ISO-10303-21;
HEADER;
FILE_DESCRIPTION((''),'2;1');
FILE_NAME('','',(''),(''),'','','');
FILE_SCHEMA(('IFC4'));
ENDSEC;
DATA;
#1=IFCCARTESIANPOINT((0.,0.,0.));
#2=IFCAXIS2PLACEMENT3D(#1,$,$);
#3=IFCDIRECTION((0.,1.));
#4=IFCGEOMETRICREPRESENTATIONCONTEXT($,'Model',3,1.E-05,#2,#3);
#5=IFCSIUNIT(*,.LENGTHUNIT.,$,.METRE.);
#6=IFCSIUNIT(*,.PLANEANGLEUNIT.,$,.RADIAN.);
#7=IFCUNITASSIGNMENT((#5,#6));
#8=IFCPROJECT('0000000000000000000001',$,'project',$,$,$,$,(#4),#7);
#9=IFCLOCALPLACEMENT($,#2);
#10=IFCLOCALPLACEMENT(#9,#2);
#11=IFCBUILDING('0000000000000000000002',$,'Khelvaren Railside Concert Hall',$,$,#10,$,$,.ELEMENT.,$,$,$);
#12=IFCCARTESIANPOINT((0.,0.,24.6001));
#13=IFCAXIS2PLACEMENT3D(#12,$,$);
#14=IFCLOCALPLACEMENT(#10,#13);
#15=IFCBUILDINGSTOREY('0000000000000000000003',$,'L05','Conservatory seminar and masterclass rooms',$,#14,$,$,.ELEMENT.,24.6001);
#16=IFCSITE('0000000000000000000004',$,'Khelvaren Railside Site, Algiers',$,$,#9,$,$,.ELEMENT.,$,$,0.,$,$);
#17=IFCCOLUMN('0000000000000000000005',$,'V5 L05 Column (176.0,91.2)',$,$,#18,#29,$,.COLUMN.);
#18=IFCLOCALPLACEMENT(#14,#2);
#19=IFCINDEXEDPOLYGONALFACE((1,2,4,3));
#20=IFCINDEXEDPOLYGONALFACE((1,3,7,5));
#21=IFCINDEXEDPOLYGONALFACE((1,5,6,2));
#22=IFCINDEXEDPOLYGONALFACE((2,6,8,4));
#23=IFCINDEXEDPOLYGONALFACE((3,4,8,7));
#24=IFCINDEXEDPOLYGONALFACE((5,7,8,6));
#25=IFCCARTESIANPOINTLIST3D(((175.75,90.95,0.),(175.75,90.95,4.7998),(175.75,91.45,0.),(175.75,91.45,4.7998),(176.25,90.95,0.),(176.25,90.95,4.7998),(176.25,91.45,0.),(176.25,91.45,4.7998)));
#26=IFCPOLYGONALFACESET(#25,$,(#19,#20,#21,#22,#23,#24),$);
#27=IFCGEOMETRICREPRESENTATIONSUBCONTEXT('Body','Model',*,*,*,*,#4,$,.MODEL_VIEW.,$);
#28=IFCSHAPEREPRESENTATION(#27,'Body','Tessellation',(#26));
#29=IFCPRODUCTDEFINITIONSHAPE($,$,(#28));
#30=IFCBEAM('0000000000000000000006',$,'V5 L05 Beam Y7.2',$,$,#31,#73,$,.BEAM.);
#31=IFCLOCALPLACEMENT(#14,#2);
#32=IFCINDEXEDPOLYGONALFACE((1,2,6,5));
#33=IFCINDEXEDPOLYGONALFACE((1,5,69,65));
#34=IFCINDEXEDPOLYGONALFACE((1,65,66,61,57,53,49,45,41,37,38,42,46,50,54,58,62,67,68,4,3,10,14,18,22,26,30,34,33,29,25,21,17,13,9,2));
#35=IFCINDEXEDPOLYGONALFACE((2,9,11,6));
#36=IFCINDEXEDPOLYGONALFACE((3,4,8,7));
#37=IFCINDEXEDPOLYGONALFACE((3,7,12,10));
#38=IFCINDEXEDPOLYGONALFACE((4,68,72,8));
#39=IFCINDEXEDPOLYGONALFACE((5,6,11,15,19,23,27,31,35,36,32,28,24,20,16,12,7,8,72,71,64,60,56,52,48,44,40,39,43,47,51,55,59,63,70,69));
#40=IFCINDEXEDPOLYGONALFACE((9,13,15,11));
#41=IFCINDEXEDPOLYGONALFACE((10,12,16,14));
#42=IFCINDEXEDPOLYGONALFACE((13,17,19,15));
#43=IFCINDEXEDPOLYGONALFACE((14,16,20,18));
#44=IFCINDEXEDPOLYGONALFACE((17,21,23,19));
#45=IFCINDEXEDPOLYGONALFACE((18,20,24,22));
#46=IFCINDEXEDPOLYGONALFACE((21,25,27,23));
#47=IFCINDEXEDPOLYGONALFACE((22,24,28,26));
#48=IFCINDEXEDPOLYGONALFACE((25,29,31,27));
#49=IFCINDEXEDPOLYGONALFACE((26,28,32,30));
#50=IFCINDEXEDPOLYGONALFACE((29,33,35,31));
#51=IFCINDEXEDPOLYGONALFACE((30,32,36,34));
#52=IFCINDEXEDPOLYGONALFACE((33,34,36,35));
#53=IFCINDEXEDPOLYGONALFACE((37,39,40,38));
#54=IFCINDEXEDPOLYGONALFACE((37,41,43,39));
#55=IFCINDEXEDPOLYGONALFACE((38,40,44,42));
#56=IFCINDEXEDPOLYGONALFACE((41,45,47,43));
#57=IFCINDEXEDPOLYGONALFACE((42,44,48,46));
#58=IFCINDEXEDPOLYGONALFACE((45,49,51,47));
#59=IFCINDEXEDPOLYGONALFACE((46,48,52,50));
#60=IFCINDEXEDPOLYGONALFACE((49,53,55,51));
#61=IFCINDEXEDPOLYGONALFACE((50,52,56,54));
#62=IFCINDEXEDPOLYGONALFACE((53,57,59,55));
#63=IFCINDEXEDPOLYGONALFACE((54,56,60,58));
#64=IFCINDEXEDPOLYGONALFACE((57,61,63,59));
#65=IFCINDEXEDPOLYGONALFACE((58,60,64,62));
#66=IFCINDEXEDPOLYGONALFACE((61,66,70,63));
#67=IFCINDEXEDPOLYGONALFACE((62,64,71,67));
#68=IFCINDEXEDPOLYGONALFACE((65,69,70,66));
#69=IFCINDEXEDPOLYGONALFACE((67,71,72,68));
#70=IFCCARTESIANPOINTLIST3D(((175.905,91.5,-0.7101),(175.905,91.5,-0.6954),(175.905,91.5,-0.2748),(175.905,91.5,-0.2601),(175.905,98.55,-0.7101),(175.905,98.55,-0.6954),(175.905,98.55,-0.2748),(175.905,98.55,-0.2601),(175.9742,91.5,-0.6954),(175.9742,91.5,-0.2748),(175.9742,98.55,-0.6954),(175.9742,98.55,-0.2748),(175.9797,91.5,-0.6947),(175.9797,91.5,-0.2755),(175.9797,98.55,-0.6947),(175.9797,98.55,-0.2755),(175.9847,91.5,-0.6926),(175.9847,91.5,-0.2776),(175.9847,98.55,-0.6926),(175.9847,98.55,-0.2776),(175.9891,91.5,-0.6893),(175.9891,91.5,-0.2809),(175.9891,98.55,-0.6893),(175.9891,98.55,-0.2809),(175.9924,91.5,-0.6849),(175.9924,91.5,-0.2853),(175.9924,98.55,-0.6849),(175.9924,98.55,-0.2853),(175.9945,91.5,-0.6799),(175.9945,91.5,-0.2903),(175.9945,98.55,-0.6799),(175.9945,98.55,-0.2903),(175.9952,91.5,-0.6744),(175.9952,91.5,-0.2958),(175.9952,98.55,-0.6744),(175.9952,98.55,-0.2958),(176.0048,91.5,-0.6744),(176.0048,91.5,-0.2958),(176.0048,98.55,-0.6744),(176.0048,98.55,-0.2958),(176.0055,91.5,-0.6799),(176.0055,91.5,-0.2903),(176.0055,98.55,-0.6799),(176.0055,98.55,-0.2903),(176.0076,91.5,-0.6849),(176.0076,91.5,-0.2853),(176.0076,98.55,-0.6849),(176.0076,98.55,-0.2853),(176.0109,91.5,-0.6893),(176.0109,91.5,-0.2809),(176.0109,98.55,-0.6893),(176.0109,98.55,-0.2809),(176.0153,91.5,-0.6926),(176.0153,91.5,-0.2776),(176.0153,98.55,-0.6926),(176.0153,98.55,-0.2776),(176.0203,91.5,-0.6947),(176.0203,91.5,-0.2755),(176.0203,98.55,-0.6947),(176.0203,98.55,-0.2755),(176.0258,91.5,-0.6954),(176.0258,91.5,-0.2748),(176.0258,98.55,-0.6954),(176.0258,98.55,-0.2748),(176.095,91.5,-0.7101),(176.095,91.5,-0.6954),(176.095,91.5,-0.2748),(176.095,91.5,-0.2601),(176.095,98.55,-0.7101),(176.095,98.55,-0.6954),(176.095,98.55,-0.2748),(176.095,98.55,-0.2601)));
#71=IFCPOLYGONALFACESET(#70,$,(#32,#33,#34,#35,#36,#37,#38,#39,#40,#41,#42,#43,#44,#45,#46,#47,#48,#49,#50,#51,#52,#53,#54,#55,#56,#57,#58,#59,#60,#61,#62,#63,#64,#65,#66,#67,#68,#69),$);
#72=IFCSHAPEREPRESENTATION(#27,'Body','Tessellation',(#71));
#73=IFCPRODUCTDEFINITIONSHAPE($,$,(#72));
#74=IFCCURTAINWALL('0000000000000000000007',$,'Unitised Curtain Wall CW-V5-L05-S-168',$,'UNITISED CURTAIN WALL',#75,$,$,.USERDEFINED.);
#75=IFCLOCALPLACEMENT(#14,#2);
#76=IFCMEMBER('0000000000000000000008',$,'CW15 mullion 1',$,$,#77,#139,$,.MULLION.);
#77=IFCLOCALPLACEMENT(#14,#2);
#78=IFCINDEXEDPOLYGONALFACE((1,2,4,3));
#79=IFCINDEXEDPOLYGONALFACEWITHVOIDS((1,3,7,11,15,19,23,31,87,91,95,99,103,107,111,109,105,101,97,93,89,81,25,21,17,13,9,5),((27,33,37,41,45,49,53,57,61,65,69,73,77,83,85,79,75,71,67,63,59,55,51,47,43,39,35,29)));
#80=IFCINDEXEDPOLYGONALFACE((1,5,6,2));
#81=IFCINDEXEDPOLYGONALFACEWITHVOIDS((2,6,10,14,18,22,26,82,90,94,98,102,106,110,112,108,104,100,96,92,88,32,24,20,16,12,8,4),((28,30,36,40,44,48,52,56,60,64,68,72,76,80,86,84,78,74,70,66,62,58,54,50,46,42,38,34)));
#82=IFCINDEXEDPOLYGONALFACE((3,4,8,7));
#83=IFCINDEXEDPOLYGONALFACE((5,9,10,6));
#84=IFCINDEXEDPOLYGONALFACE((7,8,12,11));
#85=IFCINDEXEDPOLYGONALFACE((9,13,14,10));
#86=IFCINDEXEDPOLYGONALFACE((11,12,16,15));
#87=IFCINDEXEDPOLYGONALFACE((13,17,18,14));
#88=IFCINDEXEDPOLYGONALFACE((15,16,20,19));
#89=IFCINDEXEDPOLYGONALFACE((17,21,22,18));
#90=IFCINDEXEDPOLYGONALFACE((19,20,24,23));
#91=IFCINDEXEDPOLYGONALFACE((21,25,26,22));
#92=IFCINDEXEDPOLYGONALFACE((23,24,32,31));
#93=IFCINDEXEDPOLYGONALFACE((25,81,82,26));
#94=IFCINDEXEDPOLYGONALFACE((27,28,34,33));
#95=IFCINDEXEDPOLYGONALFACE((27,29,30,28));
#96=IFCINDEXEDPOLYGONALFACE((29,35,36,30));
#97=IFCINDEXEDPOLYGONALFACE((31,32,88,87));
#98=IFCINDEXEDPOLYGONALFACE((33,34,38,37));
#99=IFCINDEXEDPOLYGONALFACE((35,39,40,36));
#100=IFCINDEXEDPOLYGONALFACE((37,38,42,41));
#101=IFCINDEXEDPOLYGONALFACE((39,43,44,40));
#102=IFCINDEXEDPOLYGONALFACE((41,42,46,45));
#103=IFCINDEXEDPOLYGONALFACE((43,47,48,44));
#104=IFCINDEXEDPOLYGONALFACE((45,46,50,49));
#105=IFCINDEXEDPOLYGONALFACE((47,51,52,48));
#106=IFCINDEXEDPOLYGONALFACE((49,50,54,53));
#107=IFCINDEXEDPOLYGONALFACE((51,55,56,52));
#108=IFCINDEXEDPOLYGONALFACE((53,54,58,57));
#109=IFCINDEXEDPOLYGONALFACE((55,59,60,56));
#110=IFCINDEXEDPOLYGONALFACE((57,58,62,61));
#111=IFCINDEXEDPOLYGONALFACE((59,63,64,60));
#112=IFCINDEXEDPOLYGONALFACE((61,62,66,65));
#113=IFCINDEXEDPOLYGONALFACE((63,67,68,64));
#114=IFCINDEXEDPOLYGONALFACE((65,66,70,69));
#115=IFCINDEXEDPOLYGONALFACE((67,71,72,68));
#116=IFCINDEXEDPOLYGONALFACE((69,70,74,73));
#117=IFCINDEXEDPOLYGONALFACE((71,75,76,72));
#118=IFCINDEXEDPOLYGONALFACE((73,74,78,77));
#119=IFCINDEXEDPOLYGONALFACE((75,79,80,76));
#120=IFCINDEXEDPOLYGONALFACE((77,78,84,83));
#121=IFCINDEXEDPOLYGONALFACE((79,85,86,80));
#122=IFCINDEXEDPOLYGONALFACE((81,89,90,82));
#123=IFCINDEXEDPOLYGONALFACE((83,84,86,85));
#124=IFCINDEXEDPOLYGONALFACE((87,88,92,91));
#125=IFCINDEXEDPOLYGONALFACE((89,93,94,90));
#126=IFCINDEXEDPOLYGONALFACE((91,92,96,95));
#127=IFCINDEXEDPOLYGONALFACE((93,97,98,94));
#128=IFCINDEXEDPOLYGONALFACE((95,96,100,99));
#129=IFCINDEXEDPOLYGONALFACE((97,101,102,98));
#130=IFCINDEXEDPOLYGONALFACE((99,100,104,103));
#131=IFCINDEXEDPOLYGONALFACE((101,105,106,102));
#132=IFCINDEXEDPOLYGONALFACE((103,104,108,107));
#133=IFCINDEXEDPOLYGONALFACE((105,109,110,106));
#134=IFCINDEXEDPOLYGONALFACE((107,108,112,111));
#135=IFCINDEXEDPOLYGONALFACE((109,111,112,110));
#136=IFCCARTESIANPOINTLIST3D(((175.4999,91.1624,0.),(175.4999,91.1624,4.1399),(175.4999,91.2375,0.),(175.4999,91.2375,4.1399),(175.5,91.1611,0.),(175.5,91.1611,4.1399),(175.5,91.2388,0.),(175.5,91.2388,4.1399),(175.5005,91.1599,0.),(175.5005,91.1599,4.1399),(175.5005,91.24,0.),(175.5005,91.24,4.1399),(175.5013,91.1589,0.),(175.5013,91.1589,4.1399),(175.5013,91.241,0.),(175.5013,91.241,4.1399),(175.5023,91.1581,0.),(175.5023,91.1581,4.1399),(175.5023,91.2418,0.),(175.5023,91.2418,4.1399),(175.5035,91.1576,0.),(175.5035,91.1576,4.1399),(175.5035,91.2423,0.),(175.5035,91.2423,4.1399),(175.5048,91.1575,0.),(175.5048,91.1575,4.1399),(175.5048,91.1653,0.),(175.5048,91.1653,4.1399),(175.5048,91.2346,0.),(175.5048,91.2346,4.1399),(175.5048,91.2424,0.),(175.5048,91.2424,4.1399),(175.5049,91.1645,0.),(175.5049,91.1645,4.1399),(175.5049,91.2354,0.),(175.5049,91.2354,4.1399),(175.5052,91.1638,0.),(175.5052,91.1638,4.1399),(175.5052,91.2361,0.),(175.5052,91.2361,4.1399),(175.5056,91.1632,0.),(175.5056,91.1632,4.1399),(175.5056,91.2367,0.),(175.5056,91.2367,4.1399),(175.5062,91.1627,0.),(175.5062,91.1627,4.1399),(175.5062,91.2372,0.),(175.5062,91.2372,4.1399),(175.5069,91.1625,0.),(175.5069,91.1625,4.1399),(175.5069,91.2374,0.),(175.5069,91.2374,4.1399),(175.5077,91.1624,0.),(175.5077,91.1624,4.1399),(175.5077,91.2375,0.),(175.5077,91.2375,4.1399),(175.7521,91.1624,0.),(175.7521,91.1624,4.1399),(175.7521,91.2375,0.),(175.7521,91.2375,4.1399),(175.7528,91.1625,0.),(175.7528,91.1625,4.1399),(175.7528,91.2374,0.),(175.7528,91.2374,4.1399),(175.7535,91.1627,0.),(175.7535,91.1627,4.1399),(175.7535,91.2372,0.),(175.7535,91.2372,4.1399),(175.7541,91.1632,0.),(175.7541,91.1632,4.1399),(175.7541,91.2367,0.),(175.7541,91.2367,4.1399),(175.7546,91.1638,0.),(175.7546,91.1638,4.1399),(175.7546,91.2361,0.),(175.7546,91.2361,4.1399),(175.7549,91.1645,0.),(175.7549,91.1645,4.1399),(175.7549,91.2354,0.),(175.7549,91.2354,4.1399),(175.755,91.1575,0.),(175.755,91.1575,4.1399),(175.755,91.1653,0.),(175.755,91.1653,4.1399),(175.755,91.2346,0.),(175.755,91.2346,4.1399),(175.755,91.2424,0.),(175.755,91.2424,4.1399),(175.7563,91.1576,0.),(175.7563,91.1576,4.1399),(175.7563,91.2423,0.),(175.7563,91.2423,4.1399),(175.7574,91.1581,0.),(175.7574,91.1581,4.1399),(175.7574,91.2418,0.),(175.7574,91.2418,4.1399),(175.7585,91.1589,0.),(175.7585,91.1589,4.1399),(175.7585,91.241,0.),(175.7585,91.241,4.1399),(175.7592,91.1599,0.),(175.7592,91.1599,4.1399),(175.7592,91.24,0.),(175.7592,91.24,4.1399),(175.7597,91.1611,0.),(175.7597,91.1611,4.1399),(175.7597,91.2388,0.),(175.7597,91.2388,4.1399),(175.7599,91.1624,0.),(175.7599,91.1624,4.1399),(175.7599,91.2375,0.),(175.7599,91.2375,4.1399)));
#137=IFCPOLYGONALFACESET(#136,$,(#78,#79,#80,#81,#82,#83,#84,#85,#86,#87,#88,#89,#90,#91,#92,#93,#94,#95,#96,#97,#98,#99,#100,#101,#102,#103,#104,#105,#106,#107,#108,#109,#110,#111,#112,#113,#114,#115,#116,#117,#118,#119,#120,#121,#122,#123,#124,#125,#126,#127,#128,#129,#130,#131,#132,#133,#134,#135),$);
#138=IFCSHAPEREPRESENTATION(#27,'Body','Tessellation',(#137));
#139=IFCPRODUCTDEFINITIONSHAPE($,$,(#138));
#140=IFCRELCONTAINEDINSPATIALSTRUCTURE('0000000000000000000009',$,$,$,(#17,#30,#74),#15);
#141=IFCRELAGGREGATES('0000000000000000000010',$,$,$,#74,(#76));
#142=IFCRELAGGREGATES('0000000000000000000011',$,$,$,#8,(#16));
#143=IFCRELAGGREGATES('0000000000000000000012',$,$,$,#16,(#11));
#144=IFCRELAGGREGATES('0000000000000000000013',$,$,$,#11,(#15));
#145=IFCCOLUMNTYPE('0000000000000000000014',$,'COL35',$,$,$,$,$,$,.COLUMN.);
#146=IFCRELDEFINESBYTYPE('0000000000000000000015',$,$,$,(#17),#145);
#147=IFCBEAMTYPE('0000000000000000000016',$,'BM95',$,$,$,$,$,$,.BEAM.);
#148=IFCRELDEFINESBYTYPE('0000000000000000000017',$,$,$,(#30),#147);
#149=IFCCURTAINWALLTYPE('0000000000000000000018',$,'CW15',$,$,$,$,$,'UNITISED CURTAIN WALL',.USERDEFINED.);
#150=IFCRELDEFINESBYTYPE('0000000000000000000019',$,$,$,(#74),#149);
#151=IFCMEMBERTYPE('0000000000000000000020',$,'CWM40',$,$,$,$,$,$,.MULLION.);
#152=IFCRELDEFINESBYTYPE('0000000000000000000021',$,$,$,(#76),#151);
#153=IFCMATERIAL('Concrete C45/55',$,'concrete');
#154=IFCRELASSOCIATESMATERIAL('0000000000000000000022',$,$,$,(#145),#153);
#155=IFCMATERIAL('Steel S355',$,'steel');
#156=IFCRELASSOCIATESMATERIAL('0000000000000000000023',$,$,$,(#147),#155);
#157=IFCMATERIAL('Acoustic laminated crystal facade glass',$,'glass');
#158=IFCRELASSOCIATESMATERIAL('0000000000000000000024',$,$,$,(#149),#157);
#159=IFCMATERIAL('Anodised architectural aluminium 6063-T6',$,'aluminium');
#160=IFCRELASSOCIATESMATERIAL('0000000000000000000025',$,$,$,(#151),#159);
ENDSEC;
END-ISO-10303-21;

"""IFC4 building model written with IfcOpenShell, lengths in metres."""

from ifc_helpers import new_model, si_unit, direction, frame, origin, origin_2d, place, context, subcontext, project, spatial, rectangle, hollow_rectangle, i_section, extrude, material, material_profile, profile_set, type_object, element, aggregate, save


model = new_model("IFC4")

# Units and contexts
model_context = context("Model", 3, precision=1e-05, world=origin(), true_north=direction((0.0, 1.0)))
body_context = subcontext(model_context, "Body", "Model", "MODEL_VIEW")
ifc_project = project(units=[si_unit("LENGTHUNIT", "METRE"), si_unit("PLANEANGLEUNIT", "RADIAN")], contexts=[model_context])

# Site, building, storey
site_placement = place(None, origin())
site = spatial("IfcSite", under=ifc_project, at=site_placement, Name="Khelvaren Railside Site, Algiers", CompositionType="ELEMENT", RefElevation=0.0)
building_placement = place(site_placement, origin())
building = spatial("IfcBuilding", under=site, at=building_placement, Name="Khelvaren Railside Concert Hall", CompositionType="ELEMENT")
storey_placement = place(building_placement, frame((0.0, 0.0, 24.6001)))
storey = spatial("IfcBuildingStorey", under=building, at=storey_placement, Name="L05", Description="Conservatory seminar and masterclass rooms", CompositionType="ELEMENT", Elevation=24.6001)

# Column
ifc_material_1 = material(Name="Concrete C45/55", Category="concrete")
ifc_material_profile_1 = material_profile(ifc_material_1, rectangle(XDim=0.5, YDim=0.5, at=origin_2d()), Name="RC 500x500")
ifc_profile_set_1 = profile_set([ifc_material_profile_1], Name="Concrete C45/55")
column_type = type_object("IfcColumnType", Name="COL35", PredefinedType="COLUMN", material=ifc_profile_set_1)
column_placement = place(storey_placement, frame((176.0, 91.2, 0.0), z_axis=(0.0, 0.0, 1.0), x_axis=(1.0, 0.0, 0.0)))
element("IfcColumn", 1, at=column_placement, inside=storey, type_object=column_type, Name="V5 L05 Column (176.0,91.2)", PredefinedType="COLUMN", context=body_context, shape_type="SweptSolid", body=[
    extrude(rectangle(XDim=0.5, YDim=0.5, at=origin_2d()), origin(), (0.0, 0.0, 1.0), 4.7998),
])

# Beam
ifc_material_2 = material(Name="Steel S355", Category="steel")
ifc_material_profile_2 = material_profile(ifc_material_2, i_section(OverallWidth=0.1899, OverallDepth=0.45, WebThickness=0.0095, FlangeThickness=0.0146, FilletRadius=0.021, at=origin_2d()), Name="IPE 450")
ifc_profile_set_2 = profile_set([ifc_material_profile_2], Name="Steel S355")
beam_type_1 = type_object("IfcBeamType", Name="BM95", PredefinedType="BEAM", material=ifc_profile_set_2)
beam_1_placement = place(storey_placement, frame((176.0, 91.5, -0.4851), z_axis=(0.0, 1.0, 0.0), x_axis=(-1.0, 0.0, 0.0)))
element("IfcBeam", 2, at=beam_1_placement, inside=storey, type_object=beam_type_1, Name="V5 L05 Beam Y7.2", PredefinedType="BEAM", context=body_context, shape_type="SweptSolid", body=[
    extrude(i_section(OverallWidth=0.1899, OverallDepth=0.45, WebThickness=0.0095, FlangeThickness=0.0146, FilletRadius=0.021, at=origin_2d()), origin(), (0.0, 0.0, 1.0), 7.05),
])

# Curtain wall, member
ifc_material_3 = material(Name="Acoustic laminated crystal facade glass", Category="glass")
curtain_wall_type_1 = type_object("IfcCurtainWallType", Name="CW15", ElementType="UNITISED CURTAIN WALL", PredefinedType="USERDEFINED", material=ifc_material_3)
curtain_wall_1_placement = place(storey_placement, origin())
curtain_wall_1 = element("IfcCurtainWall", 3, at=curtain_wall_1_placement, inside=storey, type_object=curtain_wall_type_1, Name="Unitised Curtain Wall CW-V5-L05-S-168", ObjectType="UNITISED CURTAIN WALL", PredefinedType="USERDEFINED")
ifc_material_4 = material(Name="Anodised architectural aluminium 6063-T6", Category="aluminium")
ifc_material_profile_3 = material_profile(ifc_material_4, hollow_rectangle(XDim=0.085, YDim=0.26, WallThickness=0.0049, InnerFilletRadius=0.0029, OuterFilletRadius=0.0049, at=origin_2d()), Name="CWM 85x260x5")
ifc_profile_set_3 = profile_set([ifc_material_profile_3], Name="Anodised architectural aluminium 6063-T6")
member_type_1 = type_object("IfcMemberType", Name="CWM40", PredefinedType="MULLION", material=ifc_profile_set_3)
member_1_placement = place(storey_placement, frame((175.6299, 91.2, 0.0), z_axis=(0.0, 0.0, 1.0), x_axis=(0.0, -1.0, 0.0)))
member_1 = element("IfcMember", 4, at=member_1_placement, type_object=member_type_1, Name="CW15 mullion 1", PredefinedType="MULLION", context=body_context, shape_type="SweptSolid", body=[
    extrude(hollow_rectangle(XDim=0.085, YDim=0.26, WallThickness=0.0049, InnerFilletRadius=0.0029, OuterFilletRadius=0.0049, at=origin_2d()), origin(), (0.0, 0.0, 1.0), 4.1399),
])

aggregate(curtain_wall_1, [member_1])

save(model, "model.ifc")
